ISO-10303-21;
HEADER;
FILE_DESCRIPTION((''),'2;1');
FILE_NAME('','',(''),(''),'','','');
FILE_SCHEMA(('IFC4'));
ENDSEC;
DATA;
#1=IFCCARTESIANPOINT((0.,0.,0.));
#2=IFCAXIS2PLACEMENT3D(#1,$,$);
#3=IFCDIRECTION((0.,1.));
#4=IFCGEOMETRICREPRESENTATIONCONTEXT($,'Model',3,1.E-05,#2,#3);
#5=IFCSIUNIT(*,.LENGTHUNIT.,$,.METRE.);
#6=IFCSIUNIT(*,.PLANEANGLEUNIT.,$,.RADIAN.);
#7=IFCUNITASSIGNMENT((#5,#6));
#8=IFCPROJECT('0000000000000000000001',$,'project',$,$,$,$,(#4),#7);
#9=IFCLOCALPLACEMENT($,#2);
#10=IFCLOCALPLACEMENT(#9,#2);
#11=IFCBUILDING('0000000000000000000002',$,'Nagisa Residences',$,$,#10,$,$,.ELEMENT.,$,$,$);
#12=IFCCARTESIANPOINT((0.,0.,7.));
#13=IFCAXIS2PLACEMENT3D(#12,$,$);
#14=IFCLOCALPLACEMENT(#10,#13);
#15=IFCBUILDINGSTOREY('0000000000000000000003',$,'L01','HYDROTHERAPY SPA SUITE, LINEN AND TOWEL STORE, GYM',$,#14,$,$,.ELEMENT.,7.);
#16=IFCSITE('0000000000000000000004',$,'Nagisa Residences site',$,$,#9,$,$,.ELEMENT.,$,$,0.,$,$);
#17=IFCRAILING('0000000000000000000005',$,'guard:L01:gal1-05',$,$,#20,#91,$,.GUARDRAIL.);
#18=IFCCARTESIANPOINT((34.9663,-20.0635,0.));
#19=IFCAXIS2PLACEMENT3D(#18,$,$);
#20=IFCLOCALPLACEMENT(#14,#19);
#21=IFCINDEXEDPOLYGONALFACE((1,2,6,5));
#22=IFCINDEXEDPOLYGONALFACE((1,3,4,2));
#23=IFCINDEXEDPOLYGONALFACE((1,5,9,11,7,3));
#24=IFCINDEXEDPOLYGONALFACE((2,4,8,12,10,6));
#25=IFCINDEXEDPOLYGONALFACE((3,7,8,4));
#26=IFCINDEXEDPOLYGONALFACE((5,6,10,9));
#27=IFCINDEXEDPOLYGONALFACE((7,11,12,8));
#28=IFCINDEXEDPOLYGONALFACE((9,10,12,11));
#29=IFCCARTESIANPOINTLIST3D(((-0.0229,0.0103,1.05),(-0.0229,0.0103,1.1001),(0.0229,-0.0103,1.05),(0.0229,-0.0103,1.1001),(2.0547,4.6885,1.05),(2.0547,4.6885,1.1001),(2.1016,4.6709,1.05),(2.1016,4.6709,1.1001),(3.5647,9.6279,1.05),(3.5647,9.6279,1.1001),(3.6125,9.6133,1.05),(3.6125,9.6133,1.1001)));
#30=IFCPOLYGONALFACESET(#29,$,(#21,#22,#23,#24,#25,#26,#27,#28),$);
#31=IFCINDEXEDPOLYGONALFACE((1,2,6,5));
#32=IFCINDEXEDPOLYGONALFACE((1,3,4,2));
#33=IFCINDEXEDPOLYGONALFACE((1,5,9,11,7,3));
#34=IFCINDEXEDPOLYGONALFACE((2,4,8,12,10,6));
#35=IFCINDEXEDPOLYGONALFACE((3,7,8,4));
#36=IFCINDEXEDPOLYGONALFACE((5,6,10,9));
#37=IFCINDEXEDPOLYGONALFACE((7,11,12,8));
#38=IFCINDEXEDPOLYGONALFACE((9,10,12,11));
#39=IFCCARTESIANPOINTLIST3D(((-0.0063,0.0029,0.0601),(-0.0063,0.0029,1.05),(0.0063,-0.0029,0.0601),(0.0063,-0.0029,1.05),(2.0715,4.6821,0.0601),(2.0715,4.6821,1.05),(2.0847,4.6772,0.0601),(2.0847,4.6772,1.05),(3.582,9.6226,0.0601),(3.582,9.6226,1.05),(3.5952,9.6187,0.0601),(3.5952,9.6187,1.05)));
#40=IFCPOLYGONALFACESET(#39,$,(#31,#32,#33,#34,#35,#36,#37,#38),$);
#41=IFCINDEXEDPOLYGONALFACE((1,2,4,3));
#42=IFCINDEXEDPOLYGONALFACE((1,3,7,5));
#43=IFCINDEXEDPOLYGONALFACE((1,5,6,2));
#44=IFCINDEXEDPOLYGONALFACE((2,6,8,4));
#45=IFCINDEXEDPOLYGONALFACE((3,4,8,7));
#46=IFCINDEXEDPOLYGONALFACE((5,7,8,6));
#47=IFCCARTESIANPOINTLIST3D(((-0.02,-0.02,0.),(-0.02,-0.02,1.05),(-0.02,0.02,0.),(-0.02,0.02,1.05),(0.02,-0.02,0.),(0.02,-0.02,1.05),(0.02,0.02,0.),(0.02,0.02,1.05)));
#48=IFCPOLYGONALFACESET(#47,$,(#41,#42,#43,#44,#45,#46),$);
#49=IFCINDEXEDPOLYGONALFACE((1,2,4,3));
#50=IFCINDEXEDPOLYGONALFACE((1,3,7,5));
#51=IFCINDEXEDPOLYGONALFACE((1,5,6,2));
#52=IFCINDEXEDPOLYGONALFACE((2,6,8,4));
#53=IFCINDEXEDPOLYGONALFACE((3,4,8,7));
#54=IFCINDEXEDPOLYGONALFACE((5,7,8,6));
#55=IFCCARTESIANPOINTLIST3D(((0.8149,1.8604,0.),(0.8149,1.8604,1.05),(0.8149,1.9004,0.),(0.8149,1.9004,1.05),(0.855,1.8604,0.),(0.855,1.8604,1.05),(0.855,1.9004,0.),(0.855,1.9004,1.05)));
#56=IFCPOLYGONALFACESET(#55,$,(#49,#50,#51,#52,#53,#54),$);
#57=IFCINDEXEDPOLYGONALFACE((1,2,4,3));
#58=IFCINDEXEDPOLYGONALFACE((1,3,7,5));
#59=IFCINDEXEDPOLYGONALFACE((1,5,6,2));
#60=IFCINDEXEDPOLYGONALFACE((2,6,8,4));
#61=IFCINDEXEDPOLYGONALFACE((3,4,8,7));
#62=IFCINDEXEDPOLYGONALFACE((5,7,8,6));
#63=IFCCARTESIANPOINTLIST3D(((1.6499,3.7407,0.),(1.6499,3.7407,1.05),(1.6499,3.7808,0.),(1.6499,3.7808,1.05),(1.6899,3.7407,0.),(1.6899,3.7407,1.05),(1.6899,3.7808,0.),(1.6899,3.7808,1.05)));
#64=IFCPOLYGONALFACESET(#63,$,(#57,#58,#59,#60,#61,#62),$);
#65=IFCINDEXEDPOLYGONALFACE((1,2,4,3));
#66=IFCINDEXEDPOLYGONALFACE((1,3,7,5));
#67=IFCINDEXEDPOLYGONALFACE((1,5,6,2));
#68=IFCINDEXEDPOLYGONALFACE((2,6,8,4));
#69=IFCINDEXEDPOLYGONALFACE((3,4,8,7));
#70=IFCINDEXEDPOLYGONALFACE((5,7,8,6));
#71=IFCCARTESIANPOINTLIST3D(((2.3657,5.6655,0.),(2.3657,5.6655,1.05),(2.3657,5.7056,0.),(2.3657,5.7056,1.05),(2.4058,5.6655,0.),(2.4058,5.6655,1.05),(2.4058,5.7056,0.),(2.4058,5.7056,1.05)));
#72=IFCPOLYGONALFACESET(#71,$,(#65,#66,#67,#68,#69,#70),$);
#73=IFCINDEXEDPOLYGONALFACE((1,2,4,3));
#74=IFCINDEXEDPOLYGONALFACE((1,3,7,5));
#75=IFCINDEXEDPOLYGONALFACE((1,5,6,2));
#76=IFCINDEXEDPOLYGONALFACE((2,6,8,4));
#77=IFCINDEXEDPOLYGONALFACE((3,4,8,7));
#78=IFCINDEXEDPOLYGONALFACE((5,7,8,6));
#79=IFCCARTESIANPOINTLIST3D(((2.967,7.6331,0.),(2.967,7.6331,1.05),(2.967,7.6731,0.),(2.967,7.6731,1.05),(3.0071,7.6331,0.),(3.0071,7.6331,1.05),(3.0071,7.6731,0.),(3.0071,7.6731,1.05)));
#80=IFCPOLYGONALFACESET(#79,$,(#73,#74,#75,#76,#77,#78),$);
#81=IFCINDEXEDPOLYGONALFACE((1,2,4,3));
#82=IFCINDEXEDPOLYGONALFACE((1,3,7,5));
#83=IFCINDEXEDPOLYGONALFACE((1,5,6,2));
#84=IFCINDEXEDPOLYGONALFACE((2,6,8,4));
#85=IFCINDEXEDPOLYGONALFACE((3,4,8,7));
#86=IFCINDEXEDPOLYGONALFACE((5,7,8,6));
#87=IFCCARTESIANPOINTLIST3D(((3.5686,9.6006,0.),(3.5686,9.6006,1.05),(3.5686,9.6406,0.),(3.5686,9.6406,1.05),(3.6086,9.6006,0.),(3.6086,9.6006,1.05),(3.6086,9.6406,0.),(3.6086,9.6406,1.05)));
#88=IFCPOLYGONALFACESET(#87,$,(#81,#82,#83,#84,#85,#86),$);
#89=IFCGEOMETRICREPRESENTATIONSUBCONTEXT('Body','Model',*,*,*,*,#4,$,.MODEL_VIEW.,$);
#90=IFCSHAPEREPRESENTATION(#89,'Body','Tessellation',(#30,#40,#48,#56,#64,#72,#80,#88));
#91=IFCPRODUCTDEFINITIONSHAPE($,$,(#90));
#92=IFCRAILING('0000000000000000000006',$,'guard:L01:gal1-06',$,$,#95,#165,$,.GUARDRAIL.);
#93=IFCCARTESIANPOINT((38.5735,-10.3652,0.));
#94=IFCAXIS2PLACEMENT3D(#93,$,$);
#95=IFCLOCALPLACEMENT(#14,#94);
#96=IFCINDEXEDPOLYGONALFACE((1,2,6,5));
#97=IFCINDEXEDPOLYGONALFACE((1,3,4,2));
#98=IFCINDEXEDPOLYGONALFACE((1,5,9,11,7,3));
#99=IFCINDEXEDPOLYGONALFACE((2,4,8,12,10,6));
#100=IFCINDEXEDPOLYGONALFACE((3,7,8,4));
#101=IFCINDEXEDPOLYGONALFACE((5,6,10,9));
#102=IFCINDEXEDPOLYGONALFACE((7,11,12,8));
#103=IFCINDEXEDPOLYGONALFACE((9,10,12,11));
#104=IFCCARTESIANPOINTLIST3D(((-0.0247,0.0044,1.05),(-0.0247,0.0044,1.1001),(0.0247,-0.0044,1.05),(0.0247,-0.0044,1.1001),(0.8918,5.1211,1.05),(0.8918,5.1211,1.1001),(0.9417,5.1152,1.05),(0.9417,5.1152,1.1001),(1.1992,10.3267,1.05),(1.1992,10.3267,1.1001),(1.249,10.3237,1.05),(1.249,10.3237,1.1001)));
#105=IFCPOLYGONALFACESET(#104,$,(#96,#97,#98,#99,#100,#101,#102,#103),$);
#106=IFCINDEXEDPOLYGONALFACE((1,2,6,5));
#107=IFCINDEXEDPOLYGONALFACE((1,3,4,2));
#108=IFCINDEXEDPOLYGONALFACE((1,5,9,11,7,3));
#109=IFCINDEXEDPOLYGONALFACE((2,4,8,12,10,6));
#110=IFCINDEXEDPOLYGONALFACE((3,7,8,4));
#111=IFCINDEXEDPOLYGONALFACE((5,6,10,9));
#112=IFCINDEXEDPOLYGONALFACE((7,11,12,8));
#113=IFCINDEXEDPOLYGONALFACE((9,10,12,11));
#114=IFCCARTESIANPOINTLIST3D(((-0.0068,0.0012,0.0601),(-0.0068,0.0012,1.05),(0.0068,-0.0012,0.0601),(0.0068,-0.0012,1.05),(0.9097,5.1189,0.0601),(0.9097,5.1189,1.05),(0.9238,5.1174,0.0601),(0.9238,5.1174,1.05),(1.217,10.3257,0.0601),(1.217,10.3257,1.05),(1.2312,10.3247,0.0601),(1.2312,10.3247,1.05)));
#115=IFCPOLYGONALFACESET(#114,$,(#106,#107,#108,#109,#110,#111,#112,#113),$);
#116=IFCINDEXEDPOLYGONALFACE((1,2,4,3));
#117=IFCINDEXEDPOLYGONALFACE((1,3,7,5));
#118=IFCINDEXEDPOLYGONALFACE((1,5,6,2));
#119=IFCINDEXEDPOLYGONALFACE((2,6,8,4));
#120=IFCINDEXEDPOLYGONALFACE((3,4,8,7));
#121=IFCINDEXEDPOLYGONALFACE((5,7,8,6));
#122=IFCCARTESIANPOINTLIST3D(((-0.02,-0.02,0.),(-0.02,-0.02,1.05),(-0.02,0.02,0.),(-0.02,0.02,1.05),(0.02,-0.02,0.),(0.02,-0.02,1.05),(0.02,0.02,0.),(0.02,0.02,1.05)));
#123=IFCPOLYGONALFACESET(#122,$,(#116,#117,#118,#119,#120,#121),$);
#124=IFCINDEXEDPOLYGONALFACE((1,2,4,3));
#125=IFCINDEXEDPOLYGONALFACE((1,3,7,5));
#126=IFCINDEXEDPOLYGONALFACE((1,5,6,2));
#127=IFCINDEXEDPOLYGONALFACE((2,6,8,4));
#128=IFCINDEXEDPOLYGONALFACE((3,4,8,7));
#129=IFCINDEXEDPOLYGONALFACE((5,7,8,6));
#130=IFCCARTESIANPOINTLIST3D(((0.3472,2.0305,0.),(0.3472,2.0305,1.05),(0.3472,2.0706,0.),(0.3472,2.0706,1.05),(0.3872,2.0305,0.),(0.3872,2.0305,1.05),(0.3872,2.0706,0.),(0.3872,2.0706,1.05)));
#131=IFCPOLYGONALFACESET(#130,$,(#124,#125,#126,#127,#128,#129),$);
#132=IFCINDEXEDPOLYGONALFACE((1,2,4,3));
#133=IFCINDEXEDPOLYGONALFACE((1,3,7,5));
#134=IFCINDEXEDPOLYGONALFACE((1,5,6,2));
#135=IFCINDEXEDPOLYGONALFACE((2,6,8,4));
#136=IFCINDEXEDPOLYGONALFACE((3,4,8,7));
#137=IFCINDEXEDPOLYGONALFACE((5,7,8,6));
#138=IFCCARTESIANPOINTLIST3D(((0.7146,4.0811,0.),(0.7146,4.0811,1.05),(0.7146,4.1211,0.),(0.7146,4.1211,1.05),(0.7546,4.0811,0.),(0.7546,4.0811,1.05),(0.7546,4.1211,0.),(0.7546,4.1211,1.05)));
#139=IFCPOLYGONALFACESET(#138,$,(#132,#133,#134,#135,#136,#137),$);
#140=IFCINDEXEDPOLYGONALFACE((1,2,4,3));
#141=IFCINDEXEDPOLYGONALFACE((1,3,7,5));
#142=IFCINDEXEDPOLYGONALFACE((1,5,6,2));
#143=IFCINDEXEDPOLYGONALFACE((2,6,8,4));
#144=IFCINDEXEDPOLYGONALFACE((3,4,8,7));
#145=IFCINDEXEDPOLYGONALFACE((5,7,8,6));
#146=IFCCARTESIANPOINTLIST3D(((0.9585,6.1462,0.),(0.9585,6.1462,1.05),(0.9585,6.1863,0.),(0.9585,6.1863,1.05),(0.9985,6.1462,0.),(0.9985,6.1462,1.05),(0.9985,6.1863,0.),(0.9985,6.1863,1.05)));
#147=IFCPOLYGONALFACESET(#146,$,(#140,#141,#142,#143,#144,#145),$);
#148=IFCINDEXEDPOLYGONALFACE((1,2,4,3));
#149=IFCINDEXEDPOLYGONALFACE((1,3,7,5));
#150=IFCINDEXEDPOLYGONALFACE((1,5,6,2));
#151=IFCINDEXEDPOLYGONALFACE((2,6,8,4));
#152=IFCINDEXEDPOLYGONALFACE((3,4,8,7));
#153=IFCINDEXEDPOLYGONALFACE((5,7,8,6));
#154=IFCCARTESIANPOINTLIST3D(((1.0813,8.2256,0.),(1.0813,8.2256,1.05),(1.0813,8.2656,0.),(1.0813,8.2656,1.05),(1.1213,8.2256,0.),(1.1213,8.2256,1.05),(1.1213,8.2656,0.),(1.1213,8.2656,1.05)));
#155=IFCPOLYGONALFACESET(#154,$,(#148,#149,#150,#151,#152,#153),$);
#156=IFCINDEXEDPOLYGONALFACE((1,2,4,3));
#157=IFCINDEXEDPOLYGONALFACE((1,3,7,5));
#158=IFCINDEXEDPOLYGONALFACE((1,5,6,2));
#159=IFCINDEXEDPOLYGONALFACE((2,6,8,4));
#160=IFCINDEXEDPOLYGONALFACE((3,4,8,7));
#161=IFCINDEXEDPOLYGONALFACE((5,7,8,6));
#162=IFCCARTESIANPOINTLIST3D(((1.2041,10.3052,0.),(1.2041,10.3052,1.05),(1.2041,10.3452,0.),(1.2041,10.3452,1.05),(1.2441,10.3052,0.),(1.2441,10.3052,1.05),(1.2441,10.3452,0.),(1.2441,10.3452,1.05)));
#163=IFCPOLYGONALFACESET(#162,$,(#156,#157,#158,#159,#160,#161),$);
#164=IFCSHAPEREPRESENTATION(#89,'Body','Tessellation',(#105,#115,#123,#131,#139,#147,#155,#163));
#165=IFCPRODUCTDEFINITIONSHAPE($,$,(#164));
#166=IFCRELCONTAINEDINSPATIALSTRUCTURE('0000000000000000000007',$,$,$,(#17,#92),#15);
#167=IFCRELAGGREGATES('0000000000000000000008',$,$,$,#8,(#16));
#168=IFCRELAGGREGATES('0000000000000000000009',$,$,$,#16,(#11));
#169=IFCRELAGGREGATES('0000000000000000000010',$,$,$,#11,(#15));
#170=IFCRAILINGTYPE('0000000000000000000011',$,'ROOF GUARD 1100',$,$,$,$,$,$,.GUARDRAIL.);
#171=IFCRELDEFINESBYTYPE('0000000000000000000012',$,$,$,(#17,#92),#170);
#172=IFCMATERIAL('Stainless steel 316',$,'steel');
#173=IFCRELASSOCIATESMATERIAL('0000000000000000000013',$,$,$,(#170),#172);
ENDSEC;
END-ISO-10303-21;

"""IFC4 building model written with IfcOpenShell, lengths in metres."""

from ifc_helpers import new_model, si_unit, direction, frame, origin, origin_2d, place, context, subcontext, project, spatial, polyline, rectangle, outline, extrude, material, type_object, element, save


model = new_model("IFC4")

# Units and contexts
model_context = context("Model", 3, precision=1e-05, world=origin(), true_north=direction((0.0, 1.0)))
body_context = subcontext(model_context, "Body", "Model", "MODEL_VIEW")
ifc_project = project(units=[si_unit("LENGTHUNIT", "METRE"), si_unit("PLANEANGLEUNIT", "RADIAN")], contexts=[model_context])

# Site, building, storey
site_placement = place(None, origin())
site = spatial("IfcSite", under=ifc_project, at=site_placement, Name="Nagisa Residences site", CompositionType="ELEMENT", RefElevation=0.0)
building_placement = place(site_placement, origin())
building = spatial("IfcBuilding", under=site, at=building_placement, Name="Nagisa Residences", CompositionType="ELEMENT")
storey_placement = place(building_placement, frame((0.0, 0.0, 7.0)))
storey = spatial("IfcBuildingStorey", under=building, at=storey_placement, Name="L01", Description="HYDROTHERAPY SPA SUITE, LINEN AND TOWEL STORE, GYM", CompositionType="ELEMENT", Elevation=7.0)

# Railings
ifc_material_1 = material(Name="Stainless steel 316", Category="steel")
railing_type = type_object("IfcRailingType", Name="ROOF GUARD 1100", PredefinedType="GUARDRAIL", material=ifc_material_1)
railing_1_placement = place(storey_placement, frame((34.9663, -20.0635, 0.0)))
element("IfcRailing", 1, at=railing_1_placement, inside=storey, type_object=railing_type, Name="guard:L01:gal1-05", PredefinedType="GUARDRAIL", context=body_context, shape_type="SweptSolid", body=[
    extrude(outline(polyline([(2.0547, 4.6885), (-0.0229, 0.0103), (0.0229, -0.0103), (2.1016, 4.6709), (3.6125, 9.6133), (3.5647, 9.6279), (2.0547, 4.6885)])), frame((0.0, 0.0, 1.05)), (0.0, 0.0, 1.0), 0.05),
    extrude(outline(polyline([(2.0715, 4.6821), (-0.0063, 0.0029), (0.0063, -0.0029), (2.0847, 4.6772), (3.5952, 9.6187), (3.582, 9.6226), (2.0715, 4.6821)])), frame((0.0, 0.0, 0.0601)), (0.0, 0.0, 1.0), 0.99),
    extrude(rectangle(XDim=0.04, YDim=0.04, at=origin_2d()), origin(), (0.0, 0.0, 1.0), 1.05),
    extrude(rectangle(XDim=0.04, YDim=0.04, at=origin_2d()), frame((0.835, 1.8804, 0.0)), (0.0, 0.0, 1.0), 1.05),
    extrude(rectangle(XDim=0.04, YDim=0.04, at=origin_2d()), frame((1.6699, 3.7607, 0.0)), (0.0, 0.0, 1.0), 1.05),
    extrude(rectangle(XDim=0.04, YDim=0.04, at=origin_2d()), frame((2.3857, 5.6855, 0.0)), (0.0, 0.0, 1.0), 1.05),
    extrude(rectangle(XDim=0.04, YDim=0.04, at=origin_2d()), frame((2.9871, 7.6531, 0.0)), (0.0, 0.0, 1.0), 1.05),
    extrude(rectangle(XDim=0.04, YDim=0.04, at=origin_2d()), frame((3.5886, 9.6206, 0.0)), (0.0, 0.0, 1.0), 1.05),
])
railing_2_placement = place(storey_placement, frame((38.5735, -10.3652, 0.0)))
element("IfcRailing", 2, at=railing_2_placement, inside=storey, type_object=railing_type, Name="guard:L01:gal1-06", PredefinedType="GUARDRAIL", context=body_context, shape_type="SweptSolid", body=[
    extrude(outline(polyline([(0.8918, 5.1211), (-0.0247, 0.0044), (0.0247, -0.0044), (0.9417, 5.1152), (1.249, 10.3237), (1.1992, 10.3267), (0.8918, 5.1211)])), frame((0.0, 0.0, 1.05)), (0.0, 0.0, 1.0), 0.05),
    extrude(outline(polyline([(0.9097, 5.1189), (-0.0068, 0.0012), (0.0068, -0.0012), (0.9238, 5.1174), (1.2312, 10.3247), (1.217, 10.3257), (0.9097, 5.1189)])), frame((0.0, 0.0, 0.0601)), (0.0, 0.0, 1.0), 0.99),
    extrude(rectangle(XDim=0.04, YDim=0.04, at=origin_2d()), origin(), (0.0, 0.0, 1.0), 1.05),
    extrude(rectangle(XDim=0.04, YDim=0.04, at=origin_2d()), frame((0.3672, 2.0505, 0.0)), (0.0, 0.0, 1.0), 1.05),
    extrude(rectangle(XDim=0.04, YDim=0.04, at=origin_2d()), frame((0.7346, 4.1011, 0.0)), (0.0, 0.0, 1.0), 1.05),
    extrude(rectangle(XDim=0.04, YDim=0.04, at=origin_2d()), frame((0.9785, 6.1663, 0.0)), (0.0, 0.0, 1.0), 1.05),
    extrude(rectangle(XDim=0.04, YDim=0.04, at=origin_2d()), frame((1.1013, 8.2456, 0.0)), (0.0, 0.0, 1.0), 1.05),
    extrude(rectangle(XDim=0.04, YDim=0.04, at=origin_2d()), frame((1.2241, 10.3252, 0.0)), (0.0, 0.0, 1.0), 1.05),
])

save(model, "model.ifc")
